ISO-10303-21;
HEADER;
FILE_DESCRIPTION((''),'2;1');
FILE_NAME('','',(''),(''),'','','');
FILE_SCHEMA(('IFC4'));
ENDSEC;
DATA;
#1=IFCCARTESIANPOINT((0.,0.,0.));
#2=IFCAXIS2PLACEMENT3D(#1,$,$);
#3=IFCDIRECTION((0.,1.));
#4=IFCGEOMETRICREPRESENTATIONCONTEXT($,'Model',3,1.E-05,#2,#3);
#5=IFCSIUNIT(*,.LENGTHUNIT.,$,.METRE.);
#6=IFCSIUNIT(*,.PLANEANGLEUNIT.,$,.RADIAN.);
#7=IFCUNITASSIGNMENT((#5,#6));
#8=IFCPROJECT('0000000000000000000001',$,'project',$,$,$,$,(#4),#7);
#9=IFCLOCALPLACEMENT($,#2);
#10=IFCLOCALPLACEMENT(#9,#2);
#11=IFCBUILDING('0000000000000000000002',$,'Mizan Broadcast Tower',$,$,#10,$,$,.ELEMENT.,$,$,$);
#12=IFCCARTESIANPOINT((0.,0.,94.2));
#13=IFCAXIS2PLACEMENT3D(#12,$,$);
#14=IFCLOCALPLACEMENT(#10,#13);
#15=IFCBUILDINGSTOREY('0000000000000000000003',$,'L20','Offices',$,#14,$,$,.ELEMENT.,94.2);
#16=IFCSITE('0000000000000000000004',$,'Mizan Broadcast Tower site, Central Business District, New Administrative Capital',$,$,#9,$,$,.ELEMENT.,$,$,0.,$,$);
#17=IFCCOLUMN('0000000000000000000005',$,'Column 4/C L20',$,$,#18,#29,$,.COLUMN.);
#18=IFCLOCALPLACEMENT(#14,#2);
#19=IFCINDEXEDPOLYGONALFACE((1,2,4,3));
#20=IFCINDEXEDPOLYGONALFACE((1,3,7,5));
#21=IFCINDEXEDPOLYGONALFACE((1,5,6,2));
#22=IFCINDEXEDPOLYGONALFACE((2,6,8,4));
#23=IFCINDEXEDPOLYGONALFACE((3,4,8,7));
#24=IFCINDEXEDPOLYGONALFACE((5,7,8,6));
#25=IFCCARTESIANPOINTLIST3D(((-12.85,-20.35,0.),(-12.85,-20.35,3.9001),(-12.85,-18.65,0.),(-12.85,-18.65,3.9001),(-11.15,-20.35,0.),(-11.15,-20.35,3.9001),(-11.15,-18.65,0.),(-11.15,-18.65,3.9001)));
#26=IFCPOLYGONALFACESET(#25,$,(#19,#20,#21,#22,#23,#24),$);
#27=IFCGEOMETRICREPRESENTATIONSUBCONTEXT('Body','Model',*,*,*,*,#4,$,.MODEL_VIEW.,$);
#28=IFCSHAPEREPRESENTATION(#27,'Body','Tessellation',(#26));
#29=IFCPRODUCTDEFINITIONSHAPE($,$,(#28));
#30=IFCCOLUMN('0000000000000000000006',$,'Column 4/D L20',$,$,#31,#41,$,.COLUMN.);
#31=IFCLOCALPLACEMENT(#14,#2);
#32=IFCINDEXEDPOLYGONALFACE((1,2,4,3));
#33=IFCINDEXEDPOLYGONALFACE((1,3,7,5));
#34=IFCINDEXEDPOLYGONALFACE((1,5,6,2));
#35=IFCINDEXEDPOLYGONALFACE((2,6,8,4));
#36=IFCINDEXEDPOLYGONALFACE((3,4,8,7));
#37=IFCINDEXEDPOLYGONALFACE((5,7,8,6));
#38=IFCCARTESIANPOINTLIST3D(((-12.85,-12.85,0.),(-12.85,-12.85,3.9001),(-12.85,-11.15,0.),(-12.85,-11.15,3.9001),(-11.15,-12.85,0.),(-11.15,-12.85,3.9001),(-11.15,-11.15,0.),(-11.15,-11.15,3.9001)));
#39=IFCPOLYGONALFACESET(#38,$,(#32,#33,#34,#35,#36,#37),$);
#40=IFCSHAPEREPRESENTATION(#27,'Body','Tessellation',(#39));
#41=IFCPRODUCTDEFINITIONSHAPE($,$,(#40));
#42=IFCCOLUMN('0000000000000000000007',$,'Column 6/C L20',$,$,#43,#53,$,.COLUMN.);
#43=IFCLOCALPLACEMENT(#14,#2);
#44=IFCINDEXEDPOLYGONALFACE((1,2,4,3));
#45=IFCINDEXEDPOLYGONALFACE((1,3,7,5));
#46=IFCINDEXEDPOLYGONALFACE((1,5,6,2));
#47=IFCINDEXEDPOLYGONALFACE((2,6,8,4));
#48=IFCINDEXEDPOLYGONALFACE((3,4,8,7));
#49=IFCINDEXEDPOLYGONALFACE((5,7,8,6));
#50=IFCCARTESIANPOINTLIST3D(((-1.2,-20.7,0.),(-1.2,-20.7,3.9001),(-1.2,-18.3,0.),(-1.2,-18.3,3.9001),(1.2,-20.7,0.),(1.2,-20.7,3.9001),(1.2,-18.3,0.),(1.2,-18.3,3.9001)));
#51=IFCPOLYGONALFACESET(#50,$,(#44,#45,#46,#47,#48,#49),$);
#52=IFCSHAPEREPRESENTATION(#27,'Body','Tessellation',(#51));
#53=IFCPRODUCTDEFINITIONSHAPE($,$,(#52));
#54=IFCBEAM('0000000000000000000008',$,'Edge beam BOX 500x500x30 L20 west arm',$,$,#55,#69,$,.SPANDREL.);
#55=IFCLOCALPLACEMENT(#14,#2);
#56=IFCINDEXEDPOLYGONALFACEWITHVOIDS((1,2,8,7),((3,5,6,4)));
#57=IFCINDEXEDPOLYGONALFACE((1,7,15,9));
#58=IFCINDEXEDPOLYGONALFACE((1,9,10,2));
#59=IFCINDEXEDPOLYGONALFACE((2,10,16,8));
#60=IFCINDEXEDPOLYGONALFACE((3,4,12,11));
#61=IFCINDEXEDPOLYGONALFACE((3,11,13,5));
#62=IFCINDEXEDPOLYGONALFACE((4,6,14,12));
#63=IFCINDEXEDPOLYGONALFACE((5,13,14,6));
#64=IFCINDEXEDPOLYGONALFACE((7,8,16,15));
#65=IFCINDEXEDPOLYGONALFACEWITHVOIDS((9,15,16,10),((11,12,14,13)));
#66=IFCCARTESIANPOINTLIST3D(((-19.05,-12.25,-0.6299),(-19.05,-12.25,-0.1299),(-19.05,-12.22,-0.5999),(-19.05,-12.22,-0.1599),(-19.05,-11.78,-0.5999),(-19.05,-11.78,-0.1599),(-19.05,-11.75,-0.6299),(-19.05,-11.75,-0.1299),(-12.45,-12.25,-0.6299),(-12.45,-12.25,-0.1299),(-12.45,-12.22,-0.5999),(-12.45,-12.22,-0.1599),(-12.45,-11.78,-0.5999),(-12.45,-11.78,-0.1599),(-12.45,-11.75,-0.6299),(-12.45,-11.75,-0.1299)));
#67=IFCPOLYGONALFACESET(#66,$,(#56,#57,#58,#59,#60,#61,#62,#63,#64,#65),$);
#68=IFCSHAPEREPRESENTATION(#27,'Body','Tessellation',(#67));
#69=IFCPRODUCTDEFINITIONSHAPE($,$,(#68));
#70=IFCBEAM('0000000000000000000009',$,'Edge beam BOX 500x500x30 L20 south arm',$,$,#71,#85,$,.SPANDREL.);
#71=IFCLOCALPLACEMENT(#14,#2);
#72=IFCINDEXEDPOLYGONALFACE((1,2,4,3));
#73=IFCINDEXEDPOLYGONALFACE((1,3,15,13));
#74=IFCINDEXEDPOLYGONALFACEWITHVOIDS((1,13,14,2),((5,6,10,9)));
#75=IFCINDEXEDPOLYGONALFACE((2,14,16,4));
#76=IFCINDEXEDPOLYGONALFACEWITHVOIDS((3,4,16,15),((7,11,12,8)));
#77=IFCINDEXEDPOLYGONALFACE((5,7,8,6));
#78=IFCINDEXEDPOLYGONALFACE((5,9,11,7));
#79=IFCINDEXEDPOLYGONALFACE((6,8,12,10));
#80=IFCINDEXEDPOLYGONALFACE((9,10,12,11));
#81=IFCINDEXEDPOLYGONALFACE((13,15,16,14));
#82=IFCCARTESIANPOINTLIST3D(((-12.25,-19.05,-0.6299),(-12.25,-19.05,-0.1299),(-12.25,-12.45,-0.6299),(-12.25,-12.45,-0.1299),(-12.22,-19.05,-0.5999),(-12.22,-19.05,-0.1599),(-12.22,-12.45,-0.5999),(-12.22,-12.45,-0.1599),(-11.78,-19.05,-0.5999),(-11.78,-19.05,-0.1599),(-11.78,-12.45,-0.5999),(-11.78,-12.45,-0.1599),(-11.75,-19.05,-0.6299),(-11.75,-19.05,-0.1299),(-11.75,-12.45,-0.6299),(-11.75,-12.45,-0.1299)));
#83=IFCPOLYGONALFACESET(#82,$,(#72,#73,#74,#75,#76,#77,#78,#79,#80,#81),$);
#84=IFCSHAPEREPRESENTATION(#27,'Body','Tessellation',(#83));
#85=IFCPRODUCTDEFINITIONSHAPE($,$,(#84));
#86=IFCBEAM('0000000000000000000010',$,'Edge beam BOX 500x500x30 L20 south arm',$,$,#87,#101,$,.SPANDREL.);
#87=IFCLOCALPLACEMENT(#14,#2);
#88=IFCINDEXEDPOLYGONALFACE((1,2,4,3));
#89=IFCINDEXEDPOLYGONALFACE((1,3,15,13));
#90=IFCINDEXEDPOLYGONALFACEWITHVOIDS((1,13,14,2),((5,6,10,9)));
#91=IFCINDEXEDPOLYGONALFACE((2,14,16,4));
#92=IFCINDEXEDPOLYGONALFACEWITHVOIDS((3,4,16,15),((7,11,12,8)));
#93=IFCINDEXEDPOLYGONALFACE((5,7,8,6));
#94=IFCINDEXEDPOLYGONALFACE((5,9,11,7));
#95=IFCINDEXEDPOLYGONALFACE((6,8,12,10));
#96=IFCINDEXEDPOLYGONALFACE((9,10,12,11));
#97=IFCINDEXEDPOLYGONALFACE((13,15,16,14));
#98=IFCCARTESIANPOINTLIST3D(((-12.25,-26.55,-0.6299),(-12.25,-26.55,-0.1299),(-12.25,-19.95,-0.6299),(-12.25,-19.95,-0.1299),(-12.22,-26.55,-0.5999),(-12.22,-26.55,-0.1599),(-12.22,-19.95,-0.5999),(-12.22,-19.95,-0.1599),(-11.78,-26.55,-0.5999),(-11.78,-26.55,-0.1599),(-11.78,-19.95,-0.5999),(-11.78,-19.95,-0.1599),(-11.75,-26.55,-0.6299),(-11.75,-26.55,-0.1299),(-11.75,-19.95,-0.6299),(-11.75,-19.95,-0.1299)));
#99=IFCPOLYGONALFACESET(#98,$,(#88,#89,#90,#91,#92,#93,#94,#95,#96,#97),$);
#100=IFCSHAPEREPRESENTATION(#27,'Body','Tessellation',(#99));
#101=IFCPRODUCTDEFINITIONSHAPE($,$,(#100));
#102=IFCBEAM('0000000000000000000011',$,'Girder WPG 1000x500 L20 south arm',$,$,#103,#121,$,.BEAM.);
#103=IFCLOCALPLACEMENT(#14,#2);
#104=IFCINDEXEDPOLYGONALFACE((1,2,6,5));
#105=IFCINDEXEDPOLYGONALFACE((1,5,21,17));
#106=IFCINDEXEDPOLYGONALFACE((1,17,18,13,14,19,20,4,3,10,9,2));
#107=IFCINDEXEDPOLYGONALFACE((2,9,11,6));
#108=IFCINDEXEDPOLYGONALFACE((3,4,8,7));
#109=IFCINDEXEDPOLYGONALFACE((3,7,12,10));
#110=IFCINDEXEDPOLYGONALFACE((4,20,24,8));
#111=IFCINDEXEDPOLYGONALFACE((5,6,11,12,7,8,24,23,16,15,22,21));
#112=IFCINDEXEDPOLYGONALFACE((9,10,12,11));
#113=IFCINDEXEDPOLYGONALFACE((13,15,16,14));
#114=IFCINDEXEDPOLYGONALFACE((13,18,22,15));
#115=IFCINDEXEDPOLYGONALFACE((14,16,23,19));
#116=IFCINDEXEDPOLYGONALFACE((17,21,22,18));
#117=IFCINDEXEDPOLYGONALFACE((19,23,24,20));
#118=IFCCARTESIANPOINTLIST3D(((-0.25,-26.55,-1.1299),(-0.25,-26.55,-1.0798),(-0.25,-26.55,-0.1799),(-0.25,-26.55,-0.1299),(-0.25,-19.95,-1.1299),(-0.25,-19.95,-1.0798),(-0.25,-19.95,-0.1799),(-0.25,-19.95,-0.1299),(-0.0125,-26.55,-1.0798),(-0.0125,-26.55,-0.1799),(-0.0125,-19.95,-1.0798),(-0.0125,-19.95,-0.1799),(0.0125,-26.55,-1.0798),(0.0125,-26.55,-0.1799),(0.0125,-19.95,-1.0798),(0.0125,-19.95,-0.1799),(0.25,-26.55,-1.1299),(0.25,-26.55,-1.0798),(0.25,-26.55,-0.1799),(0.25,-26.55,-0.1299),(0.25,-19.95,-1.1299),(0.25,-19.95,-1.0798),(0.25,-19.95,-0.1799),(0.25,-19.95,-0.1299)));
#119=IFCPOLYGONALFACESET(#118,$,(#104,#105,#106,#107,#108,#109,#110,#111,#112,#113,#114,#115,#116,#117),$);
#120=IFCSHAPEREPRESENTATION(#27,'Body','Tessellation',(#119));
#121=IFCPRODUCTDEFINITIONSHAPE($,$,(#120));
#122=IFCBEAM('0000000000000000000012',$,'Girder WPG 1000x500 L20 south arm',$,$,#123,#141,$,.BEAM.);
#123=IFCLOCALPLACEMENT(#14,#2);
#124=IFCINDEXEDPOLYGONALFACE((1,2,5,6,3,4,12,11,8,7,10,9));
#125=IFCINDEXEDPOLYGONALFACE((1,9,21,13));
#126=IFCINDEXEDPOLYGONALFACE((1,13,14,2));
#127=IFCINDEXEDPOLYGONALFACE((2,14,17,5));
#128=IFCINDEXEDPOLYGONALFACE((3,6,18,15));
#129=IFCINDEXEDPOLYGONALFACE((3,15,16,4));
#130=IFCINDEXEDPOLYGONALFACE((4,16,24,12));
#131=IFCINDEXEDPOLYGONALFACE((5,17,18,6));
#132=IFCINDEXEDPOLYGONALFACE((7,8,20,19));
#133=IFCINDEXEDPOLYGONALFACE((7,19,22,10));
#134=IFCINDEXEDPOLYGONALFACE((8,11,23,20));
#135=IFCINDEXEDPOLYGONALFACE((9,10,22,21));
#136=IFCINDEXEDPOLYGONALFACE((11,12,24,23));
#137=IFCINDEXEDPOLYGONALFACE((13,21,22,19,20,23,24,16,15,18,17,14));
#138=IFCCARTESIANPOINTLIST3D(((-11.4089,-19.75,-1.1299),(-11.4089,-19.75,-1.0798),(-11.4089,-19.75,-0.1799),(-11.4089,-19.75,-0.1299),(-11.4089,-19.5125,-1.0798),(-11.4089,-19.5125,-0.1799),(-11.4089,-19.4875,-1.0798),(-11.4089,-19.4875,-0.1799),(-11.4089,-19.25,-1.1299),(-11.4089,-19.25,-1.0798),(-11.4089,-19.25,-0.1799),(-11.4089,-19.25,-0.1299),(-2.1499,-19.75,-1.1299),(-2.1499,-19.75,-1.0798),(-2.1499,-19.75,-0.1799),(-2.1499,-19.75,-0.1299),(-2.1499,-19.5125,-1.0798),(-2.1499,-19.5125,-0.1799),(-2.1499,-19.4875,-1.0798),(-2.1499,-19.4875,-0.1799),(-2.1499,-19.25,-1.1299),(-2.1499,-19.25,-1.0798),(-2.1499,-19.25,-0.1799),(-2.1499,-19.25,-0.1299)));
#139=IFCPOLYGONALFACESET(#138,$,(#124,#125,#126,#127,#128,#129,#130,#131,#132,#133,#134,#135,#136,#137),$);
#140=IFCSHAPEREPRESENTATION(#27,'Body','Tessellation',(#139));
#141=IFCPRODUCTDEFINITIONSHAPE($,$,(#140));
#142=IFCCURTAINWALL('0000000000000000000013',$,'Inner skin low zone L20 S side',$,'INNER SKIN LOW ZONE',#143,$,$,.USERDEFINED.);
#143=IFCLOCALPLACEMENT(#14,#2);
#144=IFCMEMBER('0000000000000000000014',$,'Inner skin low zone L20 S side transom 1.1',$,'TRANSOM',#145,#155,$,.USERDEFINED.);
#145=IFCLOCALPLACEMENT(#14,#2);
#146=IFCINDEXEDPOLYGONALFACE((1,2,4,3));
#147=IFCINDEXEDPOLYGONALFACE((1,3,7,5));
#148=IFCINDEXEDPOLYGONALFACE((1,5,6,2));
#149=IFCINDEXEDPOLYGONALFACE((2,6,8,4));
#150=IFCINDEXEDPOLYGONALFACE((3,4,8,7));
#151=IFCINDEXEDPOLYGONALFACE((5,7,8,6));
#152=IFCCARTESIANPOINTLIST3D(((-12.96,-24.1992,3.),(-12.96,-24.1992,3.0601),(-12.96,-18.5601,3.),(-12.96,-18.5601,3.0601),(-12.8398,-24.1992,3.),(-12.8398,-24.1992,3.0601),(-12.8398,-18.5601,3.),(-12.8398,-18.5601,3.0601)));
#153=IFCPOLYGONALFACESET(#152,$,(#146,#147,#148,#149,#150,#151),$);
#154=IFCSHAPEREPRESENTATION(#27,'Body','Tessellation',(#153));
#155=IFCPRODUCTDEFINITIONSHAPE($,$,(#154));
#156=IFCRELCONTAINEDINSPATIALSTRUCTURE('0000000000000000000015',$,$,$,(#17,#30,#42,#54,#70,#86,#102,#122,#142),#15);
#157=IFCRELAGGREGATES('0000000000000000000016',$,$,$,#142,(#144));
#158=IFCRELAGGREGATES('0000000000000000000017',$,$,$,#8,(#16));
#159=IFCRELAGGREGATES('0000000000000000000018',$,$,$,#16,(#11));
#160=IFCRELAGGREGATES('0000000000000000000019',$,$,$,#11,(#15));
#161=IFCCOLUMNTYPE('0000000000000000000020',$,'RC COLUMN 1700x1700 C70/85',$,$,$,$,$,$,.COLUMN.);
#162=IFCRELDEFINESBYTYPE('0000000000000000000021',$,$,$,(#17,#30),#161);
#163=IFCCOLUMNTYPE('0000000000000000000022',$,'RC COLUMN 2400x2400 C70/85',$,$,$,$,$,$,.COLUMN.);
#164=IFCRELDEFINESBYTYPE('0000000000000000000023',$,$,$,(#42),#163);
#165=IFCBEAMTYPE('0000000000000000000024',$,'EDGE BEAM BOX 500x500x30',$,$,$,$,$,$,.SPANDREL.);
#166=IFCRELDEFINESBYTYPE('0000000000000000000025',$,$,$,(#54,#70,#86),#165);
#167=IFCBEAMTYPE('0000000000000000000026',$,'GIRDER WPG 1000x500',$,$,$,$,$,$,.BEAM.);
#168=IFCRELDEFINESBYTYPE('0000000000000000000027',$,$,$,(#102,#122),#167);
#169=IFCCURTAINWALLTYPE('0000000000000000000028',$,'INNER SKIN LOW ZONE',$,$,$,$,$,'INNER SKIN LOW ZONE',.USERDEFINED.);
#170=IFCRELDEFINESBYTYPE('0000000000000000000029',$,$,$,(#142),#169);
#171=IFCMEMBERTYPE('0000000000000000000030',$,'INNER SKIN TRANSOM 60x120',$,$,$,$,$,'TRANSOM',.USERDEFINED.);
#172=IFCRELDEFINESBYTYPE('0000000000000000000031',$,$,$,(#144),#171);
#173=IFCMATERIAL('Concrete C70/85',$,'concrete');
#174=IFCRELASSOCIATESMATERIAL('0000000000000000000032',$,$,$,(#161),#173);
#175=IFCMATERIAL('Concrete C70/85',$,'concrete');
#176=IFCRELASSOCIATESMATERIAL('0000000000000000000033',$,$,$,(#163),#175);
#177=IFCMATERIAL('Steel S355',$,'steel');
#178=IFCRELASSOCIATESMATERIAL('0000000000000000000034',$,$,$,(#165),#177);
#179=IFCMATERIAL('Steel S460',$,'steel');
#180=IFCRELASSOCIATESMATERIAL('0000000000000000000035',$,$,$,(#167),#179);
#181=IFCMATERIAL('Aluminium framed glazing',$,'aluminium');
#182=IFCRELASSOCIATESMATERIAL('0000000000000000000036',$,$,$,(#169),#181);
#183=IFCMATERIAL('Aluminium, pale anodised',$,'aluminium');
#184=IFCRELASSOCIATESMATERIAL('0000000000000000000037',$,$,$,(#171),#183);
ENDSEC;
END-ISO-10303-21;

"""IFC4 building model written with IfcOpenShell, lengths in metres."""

from ifc_helpers import new_model, si_unit, direction, frame, origin, origin_2d, place, context, subcontext, project, spatial, rectangle, hollow_rectangle, i_section, extrude, material, material_profile, profile_set, type_object, element, aggregate, save


model = new_model("IFC4")

# Units and contexts
model_context = context("Model", 3, precision=1e-05, world=origin(), true_north=direction((0.0, 1.0)))
body_context = subcontext(model_context, "Body", "Model", "MODEL_VIEW")
ifc_project = project(units=[si_unit("LENGTHUNIT", "METRE"), si_unit("PLANEANGLEUNIT", "RADIAN")], contexts=[model_context])

# Site, building, storey
site_placement = place(None, origin())
site = spatial("IfcSite", under=ifc_project, at=site_placement, Name="Mizan Broadcast Tower site, Central Business District, New Administrative Capital", CompositionType="ELEMENT", RefElevation=0.0)
building_placement = place(site_placement, origin())
building = spatial("IfcBuilding", under=site, at=building_placement, Name="Mizan Broadcast Tower", CompositionType="ELEMENT")
storey_placement = place(building_placement, frame((0.0, 0.0, 94.2)))
storey = spatial("IfcBuildingStorey", under=building, at=storey_placement, Name="L20", Description="Offices", CompositionType="ELEMENT", Elevation=94.2)

# Columns
ifc_material_1 = material(Name="Concrete C70/85", Category="concrete")
ifc_material_profile_1 = material_profile(ifc_material_1, rectangle(XDim=1.7, YDim=1.7, at=origin_2d()), Name="RC 1700x1700")
ifc_profile_set_1 = profile_set([ifc_material_profile_1], Name="Concrete C70/85")
column_type_1 = type_object("IfcColumnType", Name="RC COLUMN 1700x1700 C70/85", PredefinedType="COLUMN", material=ifc_profile_set_1)
for number, where, z_axis, x_axis, name in (
    (1, (-12.0, -19.5, 0.0), (0.0, 0.0, 1.0), (1.0, 0.0, 0.0), "Column 4/C L20"),
    (2, (-12.0, -12.0, 0.0), (0.0, 0.0, 1.0), (1.0, 0.0, 0.0), "Column 4/D L20"),
):
    element("IfcColumn", number, at=place(storey_placement, frame(where, z_axis=z_axis, x_axis=x_axis)), inside=storey, type_object=column_type_1, Name=name, PredefinedType="COLUMN", context=body_context, shape_type="SweptSolid", body=[
        extrude(rectangle(XDim=1.7, YDim=1.7, at=origin_2d()), origin(), (0.0, 0.0, 1.0), 3.9001),
    ])
ifc_material_2 = material(Name="Concrete C70/85", Category="concrete")
ifc_material_profile_2 = material_profile(ifc_material_2, rectangle(XDim=2.3999, YDim=2.3999, at=origin_2d()), Name="RC 2400x2400")
ifc_profile_set_2 = profile_set([ifc_material_profile_2], Name="Concrete C70/85")
column_type_2 = type_object("IfcColumnType", Name="RC COLUMN 2400x2400 C70/85", PredefinedType="COLUMN", material=ifc_profile_set_2)
column_placement = place(storey_placement, frame((0.0, -19.5, 0.0), z_axis=(0.0, 0.0, 1.0), x_axis=(1.0, 0.0, 0.0)))
element("IfcColumn", 3, at=column_placement, inside=storey, type_object=column_type_2, Name="Column 6/C L20", PredefinedType="COLUMN", context=body_context, shape_type="SweptSolid", body=[
    extrude(rectangle(XDim=2.3999, YDim=2.3999, at=origin_2d()), origin(), (0.0, 0.0, 1.0), 3.9001),
])

# Beams
ifc_material_3 = material(Name="Steel S355", Category="steel")
ifc_material_profile_3 = material_profile(ifc_material_3, hollow_rectangle(XDim=0.5, YDim=0.5, WallThickness=0.03, at=origin_2d()), Name="BOX 500x500x30")
ifc_profile_set_3 = profile_set([ifc_material_profile_3], Name="Steel S355")
beam_type_1 = type_object("IfcBeamType", Name="EDGE BEAM BOX 500x500x30", PredefinedType="SPANDREL", material=ifc_profile_set_3)
for number, where, z_axis, x_axis, name in (
    (4, (-12.45, -12.0, -0.3799), (-1.0, 0.0, 0.0), (0.0, -1.0, 0.0), "Edge beam BOX 500x500x30 L20 west arm"),
    (5, (-12.0, -12.45, -0.3799), (0.0, -1.0, 0.0), (1.0, 0.0, 0.0), "Edge beam BOX 500x500x30 L20 south arm"),
    (6, (-12.0, -19.95, -0.3799), (0.0, -1.0, 0.0), (1.0, 0.0, 0.0), "Edge beam BOX 500x500x30 L20 south arm"),
):
    element("IfcBeam", number, at=place(storey_placement, frame(where, z_axis=z_axis, x_axis=x_axis)), inside=storey, type_object=beam_type_1, Name=name, PredefinedType="SPANDREL", context=body_context, shape_type="SweptSolid", body=[
        extrude(hollow_rectangle(XDim=0.5, YDim=0.5, WallThickness=0.03, at=origin_2d()), origin(), (0.0, 0.0, 1.0), 6.6001),
    ])
ifc_material_4 = material(Name="Steel S460", Category="steel")
ifc_material_profile_4 = material_profile(ifc_material_4, i_section(OverallWidth=0.5, OverallDepth=1.0, WebThickness=0.0249, FlangeThickness=0.05, at=origin_2d()), Name="WPG 1000x500")
ifc_profile_set_4 = profile_set([ifc_material_profile_4], Name="Steel S460")
beam_type_2 = type_object("IfcBeamType", Name="GIRDER WPG 1000x500", PredefinedType="BEAM", material=ifc_profile_set_4)
beam_1_placement = place(storey_placement, frame((0.0, -19.95, -0.6299), z_axis=(0.0, -1.0, 0.0), x_axis=(1.0, 0.0, 0.0)))
element("IfcBeam", 7, at=beam_1_placement, inside=storey, type_object=beam_type_2, Name="Girder WPG 1000x500 L20 south arm", PredefinedType="BEAM", context=body_context, shape_type="SweptSolid", body=[
    extrude(i_section(OverallWidth=0.5, OverallDepth=1.0, WebThickness=0.0249, FlangeThickness=0.05, at=origin_2d()), origin(), (0.0, 0.0, 1.0), 6.6001),
])
beam_2_placement = place(storey_placement, frame((-11.4089, -19.5, -0.6299), z_axis=(1.0, 0.0, 0.0), x_axis=(0.0, 1.0, 0.0)))
element("IfcBeam", 8, at=beam_2_placement, inside=storey, type_object=beam_type_2, Name="Girder WPG 1000x500 L20 south arm", PredefinedType="BEAM", context=body_context, shape_type="SweptSolid", body=[
    extrude(i_section(OverallWidth=0.5, OverallDepth=1.0, WebThickness=0.0249, FlangeThickness=0.05, at=origin_2d()), origin(), (0.0, 0.0, 1.0), 9.259),
])

# Curtain wall, member
ifc_material_5 = material(Name="Aluminium framed glazing", Category="aluminium")
curtain_wall_type = type_object("IfcCurtainWallType", Name="INNER SKIN LOW ZONE", ElementType="INNER SKIN LOW ZONE", PredefinedType="USERDEFINED", material=ifc_material_5)
curtain_wall_placement = place(storey_placement, origin())
curtain_wall = element("IfcCurtainWall", 9, at=curtain_wall_placement, inside=storey, type_object=curtain_wall_type, Name="Inner skin low zone L20 S side", ObjectType="INNER SKIN LOW ZONE", PredefinedType="USERDEFINED")
ifc_material_6 = material(Name="Aluminium, pale anodised", Category="aluminium")
ifc_material_profile_5 = material_profile(ifc_material_6, rectangle(XDim=0.1201, YDim=0.0601, at=origin_2d()), Name="TRANSOM 120x60")
ifc_profile_set_5 = profile_set([ifc_material_profile_5], Name="Aluminium, pale anodised")
member_type = type_object("IfcMemberType", Name="INNER SKIN TRANSOM 60x120", ElementType="TRANSOM", PredefinedType="USERDEFINED", material=ifc_profile_set_5)
member_placement = place(storey_placement, frame((-12.8999, -18.5601, 3.03), z_axis=(0.0, -1.0, 0.0), x_axis=(1.0, 0.0, 0.0)))
member = element("IfcMember", 10, at=member_placement, type_object=member_type, Name="Inner skin low zone L20 S side transom 1.1", ObjectType="TRANSOM", PredefinedType="USERDEFINED", context=body_context, shape_type="SweptSolid", body=[
    extrude(rectangle(XDim=0.1201, YDim=0.0601, at=origin_2d()), origin(), (0.0, 0.0, 1.0), 5.6392),
])

aggregate(curtain_wall, [member])

save(model, "model.ifc")
